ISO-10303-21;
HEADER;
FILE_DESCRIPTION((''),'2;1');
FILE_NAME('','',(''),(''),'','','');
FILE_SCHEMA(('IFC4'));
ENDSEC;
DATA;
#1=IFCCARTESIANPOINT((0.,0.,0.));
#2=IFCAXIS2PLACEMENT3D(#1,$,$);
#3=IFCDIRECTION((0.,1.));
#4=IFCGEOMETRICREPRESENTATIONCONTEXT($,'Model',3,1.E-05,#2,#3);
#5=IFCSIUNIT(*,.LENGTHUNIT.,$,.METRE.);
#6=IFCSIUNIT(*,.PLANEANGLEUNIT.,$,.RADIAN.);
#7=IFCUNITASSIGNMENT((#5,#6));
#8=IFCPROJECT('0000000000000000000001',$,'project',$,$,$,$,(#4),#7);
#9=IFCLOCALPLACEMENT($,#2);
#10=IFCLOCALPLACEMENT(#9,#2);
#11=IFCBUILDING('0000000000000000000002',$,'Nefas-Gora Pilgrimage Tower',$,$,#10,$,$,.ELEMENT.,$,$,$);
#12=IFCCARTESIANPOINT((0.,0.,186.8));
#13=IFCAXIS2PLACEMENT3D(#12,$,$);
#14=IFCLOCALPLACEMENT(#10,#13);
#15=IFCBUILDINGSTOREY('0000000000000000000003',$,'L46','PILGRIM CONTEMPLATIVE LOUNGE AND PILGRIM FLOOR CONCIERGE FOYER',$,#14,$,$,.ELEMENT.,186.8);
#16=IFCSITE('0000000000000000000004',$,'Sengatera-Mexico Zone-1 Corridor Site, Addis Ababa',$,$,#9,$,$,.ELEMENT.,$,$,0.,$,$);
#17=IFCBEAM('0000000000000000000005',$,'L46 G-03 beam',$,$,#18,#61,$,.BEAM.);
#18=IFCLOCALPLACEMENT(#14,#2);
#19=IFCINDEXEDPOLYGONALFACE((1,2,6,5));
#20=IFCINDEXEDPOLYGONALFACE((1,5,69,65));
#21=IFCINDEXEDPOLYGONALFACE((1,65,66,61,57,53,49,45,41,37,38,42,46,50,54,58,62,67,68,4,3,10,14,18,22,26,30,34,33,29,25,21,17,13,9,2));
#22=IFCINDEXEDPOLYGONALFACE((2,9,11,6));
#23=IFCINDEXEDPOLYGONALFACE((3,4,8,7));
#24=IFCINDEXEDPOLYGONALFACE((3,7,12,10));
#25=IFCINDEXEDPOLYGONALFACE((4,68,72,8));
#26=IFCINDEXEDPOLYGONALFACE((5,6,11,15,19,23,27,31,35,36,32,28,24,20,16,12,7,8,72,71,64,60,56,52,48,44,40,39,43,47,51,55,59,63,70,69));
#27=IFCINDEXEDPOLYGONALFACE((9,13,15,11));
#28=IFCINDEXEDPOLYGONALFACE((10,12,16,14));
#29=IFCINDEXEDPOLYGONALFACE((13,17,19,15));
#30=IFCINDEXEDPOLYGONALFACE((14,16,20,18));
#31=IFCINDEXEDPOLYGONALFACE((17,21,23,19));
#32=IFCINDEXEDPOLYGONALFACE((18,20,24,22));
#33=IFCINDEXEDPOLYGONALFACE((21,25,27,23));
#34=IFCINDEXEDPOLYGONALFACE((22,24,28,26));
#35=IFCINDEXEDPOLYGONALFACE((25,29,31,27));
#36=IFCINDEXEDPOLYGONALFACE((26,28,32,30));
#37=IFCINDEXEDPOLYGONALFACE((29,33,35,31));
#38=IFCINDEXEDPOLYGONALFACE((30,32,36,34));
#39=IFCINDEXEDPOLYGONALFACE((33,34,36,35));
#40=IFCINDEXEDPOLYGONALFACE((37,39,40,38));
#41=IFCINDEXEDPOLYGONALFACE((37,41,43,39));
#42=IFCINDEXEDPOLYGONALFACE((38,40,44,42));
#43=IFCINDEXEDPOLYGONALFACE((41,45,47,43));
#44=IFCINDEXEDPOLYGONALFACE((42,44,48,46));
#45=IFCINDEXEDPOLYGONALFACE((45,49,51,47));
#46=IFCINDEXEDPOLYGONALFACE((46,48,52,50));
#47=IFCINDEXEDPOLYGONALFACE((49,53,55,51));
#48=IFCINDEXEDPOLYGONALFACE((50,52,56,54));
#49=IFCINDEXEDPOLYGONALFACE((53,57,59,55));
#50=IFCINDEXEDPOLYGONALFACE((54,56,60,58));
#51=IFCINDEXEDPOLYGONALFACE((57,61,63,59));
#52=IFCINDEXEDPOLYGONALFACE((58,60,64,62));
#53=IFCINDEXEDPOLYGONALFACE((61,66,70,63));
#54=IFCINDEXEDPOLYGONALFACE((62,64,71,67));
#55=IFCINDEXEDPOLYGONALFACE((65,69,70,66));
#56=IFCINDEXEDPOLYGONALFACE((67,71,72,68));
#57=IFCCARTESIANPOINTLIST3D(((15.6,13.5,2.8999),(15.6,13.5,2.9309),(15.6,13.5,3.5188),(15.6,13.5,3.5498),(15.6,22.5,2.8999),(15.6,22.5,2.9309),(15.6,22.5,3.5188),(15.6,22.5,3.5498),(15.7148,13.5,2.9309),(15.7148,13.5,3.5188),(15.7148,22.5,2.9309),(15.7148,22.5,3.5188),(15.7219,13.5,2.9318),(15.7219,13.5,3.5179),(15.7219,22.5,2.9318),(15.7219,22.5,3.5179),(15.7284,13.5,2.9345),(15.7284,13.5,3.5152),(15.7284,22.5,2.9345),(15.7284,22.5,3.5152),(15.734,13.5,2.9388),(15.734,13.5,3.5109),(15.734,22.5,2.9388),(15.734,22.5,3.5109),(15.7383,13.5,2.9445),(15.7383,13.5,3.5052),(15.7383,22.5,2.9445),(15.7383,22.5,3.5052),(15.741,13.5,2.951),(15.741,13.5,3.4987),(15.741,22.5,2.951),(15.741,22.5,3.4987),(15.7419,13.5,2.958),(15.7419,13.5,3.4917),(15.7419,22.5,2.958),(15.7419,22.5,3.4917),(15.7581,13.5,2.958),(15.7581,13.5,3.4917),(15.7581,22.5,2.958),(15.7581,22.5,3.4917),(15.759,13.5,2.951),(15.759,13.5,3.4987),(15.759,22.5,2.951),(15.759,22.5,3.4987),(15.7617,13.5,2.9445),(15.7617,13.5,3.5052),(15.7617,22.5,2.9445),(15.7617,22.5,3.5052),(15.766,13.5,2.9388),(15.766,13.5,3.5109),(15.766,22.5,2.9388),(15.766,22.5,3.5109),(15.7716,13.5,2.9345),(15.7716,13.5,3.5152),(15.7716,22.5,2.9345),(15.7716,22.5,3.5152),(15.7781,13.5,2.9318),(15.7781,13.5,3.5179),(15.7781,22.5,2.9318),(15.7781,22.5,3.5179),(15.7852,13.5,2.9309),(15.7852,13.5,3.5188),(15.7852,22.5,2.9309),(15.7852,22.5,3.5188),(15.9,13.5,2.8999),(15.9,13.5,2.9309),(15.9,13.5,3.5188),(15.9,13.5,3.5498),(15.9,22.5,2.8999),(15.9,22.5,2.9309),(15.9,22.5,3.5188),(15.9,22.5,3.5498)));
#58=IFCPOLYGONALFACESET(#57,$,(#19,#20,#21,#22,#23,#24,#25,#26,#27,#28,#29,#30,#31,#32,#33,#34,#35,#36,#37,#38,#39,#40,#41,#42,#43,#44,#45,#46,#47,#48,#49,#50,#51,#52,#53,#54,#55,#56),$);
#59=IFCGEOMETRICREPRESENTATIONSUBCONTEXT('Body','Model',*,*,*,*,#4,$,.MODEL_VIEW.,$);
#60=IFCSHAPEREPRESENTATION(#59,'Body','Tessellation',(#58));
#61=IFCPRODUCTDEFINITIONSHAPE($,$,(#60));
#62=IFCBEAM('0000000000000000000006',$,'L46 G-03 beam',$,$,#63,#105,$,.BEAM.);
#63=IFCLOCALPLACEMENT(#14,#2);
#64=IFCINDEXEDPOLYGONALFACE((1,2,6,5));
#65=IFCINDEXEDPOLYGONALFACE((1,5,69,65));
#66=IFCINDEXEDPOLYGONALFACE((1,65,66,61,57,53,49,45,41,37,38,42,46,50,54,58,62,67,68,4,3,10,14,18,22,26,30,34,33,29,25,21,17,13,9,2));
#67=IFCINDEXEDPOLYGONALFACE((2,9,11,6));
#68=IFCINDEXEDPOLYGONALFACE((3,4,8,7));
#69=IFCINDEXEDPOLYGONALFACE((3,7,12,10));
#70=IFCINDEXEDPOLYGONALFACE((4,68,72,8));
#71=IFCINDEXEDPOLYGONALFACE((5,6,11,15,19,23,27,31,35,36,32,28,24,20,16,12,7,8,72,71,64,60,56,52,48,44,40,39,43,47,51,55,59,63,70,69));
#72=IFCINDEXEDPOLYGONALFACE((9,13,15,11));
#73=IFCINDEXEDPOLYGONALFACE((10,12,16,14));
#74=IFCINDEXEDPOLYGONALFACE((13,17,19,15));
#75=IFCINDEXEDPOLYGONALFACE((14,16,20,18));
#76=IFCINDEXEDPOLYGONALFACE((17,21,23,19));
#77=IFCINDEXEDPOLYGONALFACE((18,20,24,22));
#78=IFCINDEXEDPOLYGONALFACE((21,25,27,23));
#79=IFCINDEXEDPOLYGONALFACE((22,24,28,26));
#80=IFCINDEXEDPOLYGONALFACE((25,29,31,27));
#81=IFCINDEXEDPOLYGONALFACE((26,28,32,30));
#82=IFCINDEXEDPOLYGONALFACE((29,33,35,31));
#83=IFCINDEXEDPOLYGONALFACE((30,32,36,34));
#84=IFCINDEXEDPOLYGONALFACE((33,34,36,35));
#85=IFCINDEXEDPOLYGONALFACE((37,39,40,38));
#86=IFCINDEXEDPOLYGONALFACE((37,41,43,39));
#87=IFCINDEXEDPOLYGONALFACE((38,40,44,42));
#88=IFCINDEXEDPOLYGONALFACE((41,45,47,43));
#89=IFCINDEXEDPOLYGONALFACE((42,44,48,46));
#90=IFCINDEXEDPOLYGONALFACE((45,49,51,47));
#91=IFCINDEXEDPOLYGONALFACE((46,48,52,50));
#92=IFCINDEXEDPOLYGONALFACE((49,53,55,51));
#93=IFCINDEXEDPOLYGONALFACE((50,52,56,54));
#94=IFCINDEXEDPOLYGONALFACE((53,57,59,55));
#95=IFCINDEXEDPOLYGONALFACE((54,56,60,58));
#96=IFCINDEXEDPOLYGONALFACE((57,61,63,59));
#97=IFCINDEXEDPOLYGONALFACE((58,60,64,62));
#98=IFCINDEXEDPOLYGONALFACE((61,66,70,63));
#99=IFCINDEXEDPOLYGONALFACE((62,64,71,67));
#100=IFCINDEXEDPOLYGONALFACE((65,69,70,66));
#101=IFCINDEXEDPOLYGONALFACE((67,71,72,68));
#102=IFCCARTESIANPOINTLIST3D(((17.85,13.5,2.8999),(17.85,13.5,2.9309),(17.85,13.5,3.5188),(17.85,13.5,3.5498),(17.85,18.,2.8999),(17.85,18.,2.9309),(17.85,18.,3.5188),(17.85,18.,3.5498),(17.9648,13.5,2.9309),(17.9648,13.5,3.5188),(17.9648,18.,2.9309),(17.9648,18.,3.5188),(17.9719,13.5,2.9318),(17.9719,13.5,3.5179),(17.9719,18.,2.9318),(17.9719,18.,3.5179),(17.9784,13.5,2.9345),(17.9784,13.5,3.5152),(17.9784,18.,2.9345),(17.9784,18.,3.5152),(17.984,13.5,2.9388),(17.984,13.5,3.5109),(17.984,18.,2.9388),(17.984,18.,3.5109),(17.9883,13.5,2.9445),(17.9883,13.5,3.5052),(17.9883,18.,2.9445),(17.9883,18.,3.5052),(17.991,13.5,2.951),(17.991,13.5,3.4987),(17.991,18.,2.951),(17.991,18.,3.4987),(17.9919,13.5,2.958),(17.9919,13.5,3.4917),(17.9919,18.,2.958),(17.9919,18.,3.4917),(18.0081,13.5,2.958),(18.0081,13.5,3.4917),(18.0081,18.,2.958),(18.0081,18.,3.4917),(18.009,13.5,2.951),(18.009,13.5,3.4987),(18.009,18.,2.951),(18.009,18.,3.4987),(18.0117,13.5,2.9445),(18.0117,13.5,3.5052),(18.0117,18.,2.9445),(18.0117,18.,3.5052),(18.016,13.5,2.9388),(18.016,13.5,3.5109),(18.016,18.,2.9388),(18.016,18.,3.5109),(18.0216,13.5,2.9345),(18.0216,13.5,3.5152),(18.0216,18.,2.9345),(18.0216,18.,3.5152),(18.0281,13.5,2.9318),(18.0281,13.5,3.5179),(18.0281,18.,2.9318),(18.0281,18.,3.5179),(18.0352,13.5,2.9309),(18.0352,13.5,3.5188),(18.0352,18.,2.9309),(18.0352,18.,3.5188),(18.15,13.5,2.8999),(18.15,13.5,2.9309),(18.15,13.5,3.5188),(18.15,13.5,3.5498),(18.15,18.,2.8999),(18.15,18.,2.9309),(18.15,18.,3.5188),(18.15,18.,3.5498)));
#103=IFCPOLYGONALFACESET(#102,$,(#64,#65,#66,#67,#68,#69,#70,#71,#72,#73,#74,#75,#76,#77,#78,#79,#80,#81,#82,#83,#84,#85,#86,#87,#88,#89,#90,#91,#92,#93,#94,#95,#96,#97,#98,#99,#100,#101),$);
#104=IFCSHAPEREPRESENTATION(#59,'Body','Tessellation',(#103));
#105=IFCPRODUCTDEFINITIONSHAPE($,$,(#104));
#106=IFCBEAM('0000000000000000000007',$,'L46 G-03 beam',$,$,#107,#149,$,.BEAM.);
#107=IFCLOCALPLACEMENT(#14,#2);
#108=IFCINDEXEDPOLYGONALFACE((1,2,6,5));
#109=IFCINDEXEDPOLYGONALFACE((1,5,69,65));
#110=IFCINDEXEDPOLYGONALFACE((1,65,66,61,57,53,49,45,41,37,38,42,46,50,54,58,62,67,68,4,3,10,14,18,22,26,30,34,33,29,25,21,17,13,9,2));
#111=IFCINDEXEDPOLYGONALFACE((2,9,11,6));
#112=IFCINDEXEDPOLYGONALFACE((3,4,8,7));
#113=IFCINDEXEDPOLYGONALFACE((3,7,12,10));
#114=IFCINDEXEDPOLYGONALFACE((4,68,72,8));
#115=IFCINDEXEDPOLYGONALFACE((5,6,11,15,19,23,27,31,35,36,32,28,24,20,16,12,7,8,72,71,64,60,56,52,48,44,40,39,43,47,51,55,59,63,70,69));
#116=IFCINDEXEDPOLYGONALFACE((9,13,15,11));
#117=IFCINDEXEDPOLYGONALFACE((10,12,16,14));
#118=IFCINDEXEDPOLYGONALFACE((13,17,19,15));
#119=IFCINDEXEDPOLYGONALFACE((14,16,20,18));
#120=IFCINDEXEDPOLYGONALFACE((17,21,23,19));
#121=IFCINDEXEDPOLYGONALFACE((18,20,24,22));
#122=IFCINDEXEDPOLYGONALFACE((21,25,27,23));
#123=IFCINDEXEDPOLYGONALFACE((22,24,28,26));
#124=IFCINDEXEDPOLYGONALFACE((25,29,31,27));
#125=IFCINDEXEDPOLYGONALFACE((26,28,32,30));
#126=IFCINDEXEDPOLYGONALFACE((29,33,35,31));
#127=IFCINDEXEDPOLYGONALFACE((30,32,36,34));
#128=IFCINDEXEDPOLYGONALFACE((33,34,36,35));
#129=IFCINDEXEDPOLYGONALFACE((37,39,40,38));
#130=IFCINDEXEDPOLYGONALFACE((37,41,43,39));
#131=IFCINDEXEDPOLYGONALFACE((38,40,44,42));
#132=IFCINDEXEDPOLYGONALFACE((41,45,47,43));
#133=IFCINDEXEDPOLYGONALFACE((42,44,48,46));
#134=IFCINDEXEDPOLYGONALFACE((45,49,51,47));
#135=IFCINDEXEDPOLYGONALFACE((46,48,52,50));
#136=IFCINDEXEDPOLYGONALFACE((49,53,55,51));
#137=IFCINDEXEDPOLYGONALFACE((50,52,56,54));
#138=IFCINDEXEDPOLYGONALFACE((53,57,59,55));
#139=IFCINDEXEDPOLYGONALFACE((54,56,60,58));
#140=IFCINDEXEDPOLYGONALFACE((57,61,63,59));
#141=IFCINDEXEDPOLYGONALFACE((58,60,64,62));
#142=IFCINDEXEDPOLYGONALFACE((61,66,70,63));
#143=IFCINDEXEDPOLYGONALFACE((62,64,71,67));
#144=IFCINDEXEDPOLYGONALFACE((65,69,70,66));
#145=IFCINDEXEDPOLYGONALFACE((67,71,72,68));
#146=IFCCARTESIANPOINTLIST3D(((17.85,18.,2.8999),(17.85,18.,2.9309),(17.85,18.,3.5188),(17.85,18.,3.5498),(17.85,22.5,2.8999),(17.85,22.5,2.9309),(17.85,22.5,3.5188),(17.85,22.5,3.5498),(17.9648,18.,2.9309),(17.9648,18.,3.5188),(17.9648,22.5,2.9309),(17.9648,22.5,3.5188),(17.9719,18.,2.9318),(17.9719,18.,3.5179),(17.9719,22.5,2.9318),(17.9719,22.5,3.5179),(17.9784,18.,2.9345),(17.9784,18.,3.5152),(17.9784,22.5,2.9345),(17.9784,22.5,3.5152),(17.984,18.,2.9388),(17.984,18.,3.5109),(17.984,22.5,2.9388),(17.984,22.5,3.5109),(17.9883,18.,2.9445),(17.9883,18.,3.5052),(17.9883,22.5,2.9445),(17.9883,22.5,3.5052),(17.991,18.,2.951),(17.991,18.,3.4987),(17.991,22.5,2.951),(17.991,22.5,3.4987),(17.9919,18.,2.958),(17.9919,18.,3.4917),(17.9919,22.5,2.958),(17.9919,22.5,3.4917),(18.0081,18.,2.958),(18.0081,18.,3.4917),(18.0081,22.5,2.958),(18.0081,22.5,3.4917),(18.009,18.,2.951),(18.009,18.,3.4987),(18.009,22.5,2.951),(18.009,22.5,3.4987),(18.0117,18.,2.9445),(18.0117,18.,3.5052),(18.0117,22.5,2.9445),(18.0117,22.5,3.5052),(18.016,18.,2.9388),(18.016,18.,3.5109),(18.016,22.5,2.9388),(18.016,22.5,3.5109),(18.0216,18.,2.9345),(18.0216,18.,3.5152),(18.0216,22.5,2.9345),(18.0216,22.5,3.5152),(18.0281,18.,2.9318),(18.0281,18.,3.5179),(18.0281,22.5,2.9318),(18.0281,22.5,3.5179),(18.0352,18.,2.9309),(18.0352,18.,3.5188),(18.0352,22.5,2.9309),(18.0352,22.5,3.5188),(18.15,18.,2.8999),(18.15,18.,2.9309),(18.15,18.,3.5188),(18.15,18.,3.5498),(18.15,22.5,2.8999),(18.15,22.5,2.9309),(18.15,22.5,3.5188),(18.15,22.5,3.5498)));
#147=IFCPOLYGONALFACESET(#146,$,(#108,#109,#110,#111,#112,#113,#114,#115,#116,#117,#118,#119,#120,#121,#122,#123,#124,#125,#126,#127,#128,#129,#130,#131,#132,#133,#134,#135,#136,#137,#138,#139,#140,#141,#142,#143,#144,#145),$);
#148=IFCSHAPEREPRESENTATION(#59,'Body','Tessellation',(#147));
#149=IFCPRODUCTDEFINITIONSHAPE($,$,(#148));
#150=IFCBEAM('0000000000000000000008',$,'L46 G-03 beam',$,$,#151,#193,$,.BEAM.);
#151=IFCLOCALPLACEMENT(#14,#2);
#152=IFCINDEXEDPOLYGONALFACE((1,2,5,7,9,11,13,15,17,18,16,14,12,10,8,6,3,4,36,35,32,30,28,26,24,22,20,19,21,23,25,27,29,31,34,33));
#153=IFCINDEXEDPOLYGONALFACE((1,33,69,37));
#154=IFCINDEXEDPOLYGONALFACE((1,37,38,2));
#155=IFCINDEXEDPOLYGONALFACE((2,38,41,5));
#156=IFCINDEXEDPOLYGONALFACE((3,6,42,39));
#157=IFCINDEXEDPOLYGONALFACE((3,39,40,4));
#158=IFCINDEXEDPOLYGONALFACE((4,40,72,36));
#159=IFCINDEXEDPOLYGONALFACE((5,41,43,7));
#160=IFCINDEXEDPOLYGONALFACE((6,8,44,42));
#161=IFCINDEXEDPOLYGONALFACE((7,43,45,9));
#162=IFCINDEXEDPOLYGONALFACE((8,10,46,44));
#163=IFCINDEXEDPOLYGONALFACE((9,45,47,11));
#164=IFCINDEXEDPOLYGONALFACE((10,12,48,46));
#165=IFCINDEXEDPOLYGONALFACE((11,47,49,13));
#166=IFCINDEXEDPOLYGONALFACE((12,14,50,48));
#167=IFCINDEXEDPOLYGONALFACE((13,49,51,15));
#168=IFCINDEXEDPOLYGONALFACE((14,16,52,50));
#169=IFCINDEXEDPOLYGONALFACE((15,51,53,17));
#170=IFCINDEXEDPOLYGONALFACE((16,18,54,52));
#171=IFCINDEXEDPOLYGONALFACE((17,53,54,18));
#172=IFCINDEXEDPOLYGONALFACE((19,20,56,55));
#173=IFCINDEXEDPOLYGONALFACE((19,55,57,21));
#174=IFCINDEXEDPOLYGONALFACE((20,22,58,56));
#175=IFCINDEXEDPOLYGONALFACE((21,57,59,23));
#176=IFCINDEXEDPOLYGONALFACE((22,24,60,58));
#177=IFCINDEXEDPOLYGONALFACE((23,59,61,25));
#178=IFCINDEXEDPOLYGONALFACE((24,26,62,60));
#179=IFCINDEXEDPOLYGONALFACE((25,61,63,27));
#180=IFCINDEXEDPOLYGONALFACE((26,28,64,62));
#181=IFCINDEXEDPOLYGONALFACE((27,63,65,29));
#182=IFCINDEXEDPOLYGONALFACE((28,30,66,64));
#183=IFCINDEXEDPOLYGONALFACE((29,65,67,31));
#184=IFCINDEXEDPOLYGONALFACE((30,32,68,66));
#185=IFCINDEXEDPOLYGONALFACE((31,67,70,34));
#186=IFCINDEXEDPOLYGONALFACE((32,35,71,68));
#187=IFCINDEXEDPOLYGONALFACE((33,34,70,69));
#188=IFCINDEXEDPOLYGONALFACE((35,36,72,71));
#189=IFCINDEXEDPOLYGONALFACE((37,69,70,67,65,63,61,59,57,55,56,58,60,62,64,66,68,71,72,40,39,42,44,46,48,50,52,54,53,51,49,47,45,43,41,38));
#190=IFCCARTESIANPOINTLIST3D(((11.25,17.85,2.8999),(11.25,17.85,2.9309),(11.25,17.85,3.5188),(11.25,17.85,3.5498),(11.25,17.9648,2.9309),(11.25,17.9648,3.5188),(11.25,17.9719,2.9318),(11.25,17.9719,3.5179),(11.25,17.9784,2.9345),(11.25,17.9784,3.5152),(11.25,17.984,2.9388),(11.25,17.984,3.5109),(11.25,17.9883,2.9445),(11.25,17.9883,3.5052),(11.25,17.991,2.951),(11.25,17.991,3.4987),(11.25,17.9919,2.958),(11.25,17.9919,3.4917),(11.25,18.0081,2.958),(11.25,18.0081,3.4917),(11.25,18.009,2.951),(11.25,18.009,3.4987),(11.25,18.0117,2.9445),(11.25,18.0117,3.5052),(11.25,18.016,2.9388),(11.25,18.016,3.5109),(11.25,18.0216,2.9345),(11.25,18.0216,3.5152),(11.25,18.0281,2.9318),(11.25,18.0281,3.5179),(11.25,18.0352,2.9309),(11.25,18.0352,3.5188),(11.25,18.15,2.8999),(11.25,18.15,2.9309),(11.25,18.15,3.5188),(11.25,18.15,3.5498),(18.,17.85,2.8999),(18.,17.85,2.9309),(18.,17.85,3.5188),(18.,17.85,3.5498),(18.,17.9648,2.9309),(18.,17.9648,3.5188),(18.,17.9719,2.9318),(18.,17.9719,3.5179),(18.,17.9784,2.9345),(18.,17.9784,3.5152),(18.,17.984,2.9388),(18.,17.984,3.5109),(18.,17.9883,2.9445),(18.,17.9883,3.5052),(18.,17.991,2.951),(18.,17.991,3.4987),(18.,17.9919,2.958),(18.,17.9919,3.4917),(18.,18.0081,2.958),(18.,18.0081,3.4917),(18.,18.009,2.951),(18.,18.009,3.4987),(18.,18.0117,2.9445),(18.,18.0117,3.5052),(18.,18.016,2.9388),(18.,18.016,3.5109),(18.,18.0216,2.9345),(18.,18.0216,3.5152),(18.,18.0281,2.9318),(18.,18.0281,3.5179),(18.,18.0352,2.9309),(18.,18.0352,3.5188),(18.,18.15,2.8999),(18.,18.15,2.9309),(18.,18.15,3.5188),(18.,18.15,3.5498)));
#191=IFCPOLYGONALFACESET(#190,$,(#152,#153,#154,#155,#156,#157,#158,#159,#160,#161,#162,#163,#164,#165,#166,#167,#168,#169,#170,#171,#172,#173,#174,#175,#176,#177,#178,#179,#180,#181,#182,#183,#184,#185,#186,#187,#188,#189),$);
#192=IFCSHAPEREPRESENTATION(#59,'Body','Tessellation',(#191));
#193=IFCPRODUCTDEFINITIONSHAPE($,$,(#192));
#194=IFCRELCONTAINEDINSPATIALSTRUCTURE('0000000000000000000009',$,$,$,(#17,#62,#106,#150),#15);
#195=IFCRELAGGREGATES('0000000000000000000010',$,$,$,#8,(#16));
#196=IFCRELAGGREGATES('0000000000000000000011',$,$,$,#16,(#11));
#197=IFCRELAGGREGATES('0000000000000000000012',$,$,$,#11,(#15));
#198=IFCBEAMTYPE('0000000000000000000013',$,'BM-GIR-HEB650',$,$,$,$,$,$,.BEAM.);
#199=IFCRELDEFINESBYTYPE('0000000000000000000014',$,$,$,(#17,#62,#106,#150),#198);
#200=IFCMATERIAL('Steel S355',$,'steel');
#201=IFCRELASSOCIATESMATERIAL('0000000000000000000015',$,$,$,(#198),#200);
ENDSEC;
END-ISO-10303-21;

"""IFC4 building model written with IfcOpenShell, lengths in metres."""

from ifc_helpers import new_model, si_unit, direction, frame, origin, origin_2d, place, context, subcontext, project, spatial, i_section, extrude, source, transform, mapped, material, material_profile, profile_set, type_object, element, save


model = new_model("IFC4")

# Units and contexts
model_context = context("Model", 3, precision=1e-05, world=origin(), true_north=direction((0.0, 1.0)))
body_context = subcontext(model_context, "Body", "Model", "MODEL_VIEW")
ifc_project = project(units=[si_unit("LENGTHUNIT", "METRE"), si_unit("PLANEANGLEUNIT", "RADIAN")], contexts=[model_context])

# Site, building, storey
site_placement = place(None, origin())
site = spatial("IfcSite", under=ifc_project, at=site_placement, Name="Sengatera-Mexico Zone-1 Corridor Site, Addis Ababa", CompositionType="ELEMENT", RefElevation=0.0)
building_placement = place(site_placement, origin())
building = spatial("IfcBuilding", under=site, at=building_placement, Name="Nefas-Gora Pilgrimage Tower", CompositionType="ELEMENT")
storey_placement = place(building_placement, frame((0.0, 0.0, 186.8)))
storey = spatial("IfcBuildingStorey", under=building, at=storey_placement, Name="L46", Description="PILGRIM CONTEMPLATIVE LOUNGE AND PILGRIM FLOOR CONCIERGE FOYER", CompositionType="ELEMENT", Elevation=186.8)

# Beams
ifc_material_1 = material(Name="Steel S355", Category="steel")
ifc_material_profile_1 = material_profile(ifc_material_1, i_section(OverallWidth=0.3, OverallDepth=0.6499, WebThickness=0.0161, FlangeThickness=0.031, FilletRadius=0.0271, at=origin_2d()), Name="HEB 650")
ifc_profile_set_1 = profile_set([ifc_material_profile_1], Name="Steel S355")
beam_type_1 = type_object("IfcBeamType", Name="BM-GIR-HEB650", PredefinedType="BEAM", material=ifc_profile_set_1)
shared_shape_1 = source(origin(), body_context, "Body", "SweptSolid", [
    extrude(i_section(OverallWidth=0.3, OverallDepth=0.6499, WebThickness=0.0161, FlangeThickness=0.031, FilletRadius=0.0271, at=origin_2d()), origin(), (0.0, 0.0, 1.0), 9.0),
])
beam_1_placement = place(storey_placement, frame((15.75, 13.5, 3.2249), z_axis=(0.0, 1.0, 0.0), x_axis=(-1.0, 0.0, 0.0)))
element("IfcBeam", 1, at=beam_1_placement, inside=storey, type_object=beam_type_1, Name="L46 G-03 beam", PredefinedType="BEAM", context=body_context, shape_type="MappedRepresentation", body=[
    mapped(shared_shape_1, transform((0.0, 0.0, 0.0), x_axis=(1.0, 0.0, 0.0), y_axis=(0.0, 1.0, 0.0), z_axis=(0.0, 0.0, 1.0), scale=1.0)),
])
shared_shape_2 = source(origin(), body_context, "Body", "SweptSolid", [
    extrude(i_section(OverallWidth=0.3, OverallDepth=0.6499, WebThickness=0.0161, FlangeThickness=0.031, FilletRadius=0.0271, at=origin_2d()), origin(), (0.0, 0.0, 1.0), 4.5),
])
for number, where, z_axis, x_axis, name in (
    (2, (18.0, 13.5, 3.2249), (0.0, 1.0, 0.0), (-1.0, 0.0, 0.0), "L46 G-03 beam"),
    (3, (18.0, 18.0, 3.2249), (0.0, 1.0, 0.0), (-1.0, 0.0, 0.0), "L46 G-03 beam"),
):
    element("IfcBeam", number, at=place(storey_placement, frame(where, z_axis=z_axis, x_axis=x_axis)), inside=storey, type_object=beam_type_1, Name=name, PredefinedType="BEAM", context=body_context, shape_type="MappedRepresentation", body=[
        mapped(shared_shape_2, transform((0.0, 0.0, 0.0), x_axis=(1.0, 0.0, 0.0), y_axis=(0.0, 1.0, 0.0), z_axis=(0.0, 0.0, 1.0), scale=1.0)),
    ])
shared_shape_3 = source(origin(), body_context, "Body", "SweptSolid", [
    extrude(i_section(OverallWidth=0.3, OverallDepth=0.6499, WebThickness=0.0161, FlangeThickness=0.031, FilletRadius=0.0271, at=origin_2d()), origin(), (0.0, 0.0, 1.0), 6.75),
])
for number, where, z_axis, x_axis, name in (
    (4, (11.25, 18.0, 3.2249), (1.0, 0.0, 0.0), (0.0, 1.0, 0.0), "L46 G-03 beam"),
):
    element("IfcBeam", number, at=place(storey_placement, frame(where, z_axis=z_axis, x_axis=x_axis)), inside=storey, type_object=beam_type_1, Name=name, PredefinedType="BEAM", context=body_context, shape_type="MappedRepresentation", body=[
        mapped(shared_shape_3, transform((0.0, 0.0, 0.0), x_axis=(1.0, 0.0, 0.0), y_axis=(0.0, 1.0, 0.0), z_axis=(0.0, 0.0, 1.0), scale=1.0)),
    ])

save(model, "model.ifc")
